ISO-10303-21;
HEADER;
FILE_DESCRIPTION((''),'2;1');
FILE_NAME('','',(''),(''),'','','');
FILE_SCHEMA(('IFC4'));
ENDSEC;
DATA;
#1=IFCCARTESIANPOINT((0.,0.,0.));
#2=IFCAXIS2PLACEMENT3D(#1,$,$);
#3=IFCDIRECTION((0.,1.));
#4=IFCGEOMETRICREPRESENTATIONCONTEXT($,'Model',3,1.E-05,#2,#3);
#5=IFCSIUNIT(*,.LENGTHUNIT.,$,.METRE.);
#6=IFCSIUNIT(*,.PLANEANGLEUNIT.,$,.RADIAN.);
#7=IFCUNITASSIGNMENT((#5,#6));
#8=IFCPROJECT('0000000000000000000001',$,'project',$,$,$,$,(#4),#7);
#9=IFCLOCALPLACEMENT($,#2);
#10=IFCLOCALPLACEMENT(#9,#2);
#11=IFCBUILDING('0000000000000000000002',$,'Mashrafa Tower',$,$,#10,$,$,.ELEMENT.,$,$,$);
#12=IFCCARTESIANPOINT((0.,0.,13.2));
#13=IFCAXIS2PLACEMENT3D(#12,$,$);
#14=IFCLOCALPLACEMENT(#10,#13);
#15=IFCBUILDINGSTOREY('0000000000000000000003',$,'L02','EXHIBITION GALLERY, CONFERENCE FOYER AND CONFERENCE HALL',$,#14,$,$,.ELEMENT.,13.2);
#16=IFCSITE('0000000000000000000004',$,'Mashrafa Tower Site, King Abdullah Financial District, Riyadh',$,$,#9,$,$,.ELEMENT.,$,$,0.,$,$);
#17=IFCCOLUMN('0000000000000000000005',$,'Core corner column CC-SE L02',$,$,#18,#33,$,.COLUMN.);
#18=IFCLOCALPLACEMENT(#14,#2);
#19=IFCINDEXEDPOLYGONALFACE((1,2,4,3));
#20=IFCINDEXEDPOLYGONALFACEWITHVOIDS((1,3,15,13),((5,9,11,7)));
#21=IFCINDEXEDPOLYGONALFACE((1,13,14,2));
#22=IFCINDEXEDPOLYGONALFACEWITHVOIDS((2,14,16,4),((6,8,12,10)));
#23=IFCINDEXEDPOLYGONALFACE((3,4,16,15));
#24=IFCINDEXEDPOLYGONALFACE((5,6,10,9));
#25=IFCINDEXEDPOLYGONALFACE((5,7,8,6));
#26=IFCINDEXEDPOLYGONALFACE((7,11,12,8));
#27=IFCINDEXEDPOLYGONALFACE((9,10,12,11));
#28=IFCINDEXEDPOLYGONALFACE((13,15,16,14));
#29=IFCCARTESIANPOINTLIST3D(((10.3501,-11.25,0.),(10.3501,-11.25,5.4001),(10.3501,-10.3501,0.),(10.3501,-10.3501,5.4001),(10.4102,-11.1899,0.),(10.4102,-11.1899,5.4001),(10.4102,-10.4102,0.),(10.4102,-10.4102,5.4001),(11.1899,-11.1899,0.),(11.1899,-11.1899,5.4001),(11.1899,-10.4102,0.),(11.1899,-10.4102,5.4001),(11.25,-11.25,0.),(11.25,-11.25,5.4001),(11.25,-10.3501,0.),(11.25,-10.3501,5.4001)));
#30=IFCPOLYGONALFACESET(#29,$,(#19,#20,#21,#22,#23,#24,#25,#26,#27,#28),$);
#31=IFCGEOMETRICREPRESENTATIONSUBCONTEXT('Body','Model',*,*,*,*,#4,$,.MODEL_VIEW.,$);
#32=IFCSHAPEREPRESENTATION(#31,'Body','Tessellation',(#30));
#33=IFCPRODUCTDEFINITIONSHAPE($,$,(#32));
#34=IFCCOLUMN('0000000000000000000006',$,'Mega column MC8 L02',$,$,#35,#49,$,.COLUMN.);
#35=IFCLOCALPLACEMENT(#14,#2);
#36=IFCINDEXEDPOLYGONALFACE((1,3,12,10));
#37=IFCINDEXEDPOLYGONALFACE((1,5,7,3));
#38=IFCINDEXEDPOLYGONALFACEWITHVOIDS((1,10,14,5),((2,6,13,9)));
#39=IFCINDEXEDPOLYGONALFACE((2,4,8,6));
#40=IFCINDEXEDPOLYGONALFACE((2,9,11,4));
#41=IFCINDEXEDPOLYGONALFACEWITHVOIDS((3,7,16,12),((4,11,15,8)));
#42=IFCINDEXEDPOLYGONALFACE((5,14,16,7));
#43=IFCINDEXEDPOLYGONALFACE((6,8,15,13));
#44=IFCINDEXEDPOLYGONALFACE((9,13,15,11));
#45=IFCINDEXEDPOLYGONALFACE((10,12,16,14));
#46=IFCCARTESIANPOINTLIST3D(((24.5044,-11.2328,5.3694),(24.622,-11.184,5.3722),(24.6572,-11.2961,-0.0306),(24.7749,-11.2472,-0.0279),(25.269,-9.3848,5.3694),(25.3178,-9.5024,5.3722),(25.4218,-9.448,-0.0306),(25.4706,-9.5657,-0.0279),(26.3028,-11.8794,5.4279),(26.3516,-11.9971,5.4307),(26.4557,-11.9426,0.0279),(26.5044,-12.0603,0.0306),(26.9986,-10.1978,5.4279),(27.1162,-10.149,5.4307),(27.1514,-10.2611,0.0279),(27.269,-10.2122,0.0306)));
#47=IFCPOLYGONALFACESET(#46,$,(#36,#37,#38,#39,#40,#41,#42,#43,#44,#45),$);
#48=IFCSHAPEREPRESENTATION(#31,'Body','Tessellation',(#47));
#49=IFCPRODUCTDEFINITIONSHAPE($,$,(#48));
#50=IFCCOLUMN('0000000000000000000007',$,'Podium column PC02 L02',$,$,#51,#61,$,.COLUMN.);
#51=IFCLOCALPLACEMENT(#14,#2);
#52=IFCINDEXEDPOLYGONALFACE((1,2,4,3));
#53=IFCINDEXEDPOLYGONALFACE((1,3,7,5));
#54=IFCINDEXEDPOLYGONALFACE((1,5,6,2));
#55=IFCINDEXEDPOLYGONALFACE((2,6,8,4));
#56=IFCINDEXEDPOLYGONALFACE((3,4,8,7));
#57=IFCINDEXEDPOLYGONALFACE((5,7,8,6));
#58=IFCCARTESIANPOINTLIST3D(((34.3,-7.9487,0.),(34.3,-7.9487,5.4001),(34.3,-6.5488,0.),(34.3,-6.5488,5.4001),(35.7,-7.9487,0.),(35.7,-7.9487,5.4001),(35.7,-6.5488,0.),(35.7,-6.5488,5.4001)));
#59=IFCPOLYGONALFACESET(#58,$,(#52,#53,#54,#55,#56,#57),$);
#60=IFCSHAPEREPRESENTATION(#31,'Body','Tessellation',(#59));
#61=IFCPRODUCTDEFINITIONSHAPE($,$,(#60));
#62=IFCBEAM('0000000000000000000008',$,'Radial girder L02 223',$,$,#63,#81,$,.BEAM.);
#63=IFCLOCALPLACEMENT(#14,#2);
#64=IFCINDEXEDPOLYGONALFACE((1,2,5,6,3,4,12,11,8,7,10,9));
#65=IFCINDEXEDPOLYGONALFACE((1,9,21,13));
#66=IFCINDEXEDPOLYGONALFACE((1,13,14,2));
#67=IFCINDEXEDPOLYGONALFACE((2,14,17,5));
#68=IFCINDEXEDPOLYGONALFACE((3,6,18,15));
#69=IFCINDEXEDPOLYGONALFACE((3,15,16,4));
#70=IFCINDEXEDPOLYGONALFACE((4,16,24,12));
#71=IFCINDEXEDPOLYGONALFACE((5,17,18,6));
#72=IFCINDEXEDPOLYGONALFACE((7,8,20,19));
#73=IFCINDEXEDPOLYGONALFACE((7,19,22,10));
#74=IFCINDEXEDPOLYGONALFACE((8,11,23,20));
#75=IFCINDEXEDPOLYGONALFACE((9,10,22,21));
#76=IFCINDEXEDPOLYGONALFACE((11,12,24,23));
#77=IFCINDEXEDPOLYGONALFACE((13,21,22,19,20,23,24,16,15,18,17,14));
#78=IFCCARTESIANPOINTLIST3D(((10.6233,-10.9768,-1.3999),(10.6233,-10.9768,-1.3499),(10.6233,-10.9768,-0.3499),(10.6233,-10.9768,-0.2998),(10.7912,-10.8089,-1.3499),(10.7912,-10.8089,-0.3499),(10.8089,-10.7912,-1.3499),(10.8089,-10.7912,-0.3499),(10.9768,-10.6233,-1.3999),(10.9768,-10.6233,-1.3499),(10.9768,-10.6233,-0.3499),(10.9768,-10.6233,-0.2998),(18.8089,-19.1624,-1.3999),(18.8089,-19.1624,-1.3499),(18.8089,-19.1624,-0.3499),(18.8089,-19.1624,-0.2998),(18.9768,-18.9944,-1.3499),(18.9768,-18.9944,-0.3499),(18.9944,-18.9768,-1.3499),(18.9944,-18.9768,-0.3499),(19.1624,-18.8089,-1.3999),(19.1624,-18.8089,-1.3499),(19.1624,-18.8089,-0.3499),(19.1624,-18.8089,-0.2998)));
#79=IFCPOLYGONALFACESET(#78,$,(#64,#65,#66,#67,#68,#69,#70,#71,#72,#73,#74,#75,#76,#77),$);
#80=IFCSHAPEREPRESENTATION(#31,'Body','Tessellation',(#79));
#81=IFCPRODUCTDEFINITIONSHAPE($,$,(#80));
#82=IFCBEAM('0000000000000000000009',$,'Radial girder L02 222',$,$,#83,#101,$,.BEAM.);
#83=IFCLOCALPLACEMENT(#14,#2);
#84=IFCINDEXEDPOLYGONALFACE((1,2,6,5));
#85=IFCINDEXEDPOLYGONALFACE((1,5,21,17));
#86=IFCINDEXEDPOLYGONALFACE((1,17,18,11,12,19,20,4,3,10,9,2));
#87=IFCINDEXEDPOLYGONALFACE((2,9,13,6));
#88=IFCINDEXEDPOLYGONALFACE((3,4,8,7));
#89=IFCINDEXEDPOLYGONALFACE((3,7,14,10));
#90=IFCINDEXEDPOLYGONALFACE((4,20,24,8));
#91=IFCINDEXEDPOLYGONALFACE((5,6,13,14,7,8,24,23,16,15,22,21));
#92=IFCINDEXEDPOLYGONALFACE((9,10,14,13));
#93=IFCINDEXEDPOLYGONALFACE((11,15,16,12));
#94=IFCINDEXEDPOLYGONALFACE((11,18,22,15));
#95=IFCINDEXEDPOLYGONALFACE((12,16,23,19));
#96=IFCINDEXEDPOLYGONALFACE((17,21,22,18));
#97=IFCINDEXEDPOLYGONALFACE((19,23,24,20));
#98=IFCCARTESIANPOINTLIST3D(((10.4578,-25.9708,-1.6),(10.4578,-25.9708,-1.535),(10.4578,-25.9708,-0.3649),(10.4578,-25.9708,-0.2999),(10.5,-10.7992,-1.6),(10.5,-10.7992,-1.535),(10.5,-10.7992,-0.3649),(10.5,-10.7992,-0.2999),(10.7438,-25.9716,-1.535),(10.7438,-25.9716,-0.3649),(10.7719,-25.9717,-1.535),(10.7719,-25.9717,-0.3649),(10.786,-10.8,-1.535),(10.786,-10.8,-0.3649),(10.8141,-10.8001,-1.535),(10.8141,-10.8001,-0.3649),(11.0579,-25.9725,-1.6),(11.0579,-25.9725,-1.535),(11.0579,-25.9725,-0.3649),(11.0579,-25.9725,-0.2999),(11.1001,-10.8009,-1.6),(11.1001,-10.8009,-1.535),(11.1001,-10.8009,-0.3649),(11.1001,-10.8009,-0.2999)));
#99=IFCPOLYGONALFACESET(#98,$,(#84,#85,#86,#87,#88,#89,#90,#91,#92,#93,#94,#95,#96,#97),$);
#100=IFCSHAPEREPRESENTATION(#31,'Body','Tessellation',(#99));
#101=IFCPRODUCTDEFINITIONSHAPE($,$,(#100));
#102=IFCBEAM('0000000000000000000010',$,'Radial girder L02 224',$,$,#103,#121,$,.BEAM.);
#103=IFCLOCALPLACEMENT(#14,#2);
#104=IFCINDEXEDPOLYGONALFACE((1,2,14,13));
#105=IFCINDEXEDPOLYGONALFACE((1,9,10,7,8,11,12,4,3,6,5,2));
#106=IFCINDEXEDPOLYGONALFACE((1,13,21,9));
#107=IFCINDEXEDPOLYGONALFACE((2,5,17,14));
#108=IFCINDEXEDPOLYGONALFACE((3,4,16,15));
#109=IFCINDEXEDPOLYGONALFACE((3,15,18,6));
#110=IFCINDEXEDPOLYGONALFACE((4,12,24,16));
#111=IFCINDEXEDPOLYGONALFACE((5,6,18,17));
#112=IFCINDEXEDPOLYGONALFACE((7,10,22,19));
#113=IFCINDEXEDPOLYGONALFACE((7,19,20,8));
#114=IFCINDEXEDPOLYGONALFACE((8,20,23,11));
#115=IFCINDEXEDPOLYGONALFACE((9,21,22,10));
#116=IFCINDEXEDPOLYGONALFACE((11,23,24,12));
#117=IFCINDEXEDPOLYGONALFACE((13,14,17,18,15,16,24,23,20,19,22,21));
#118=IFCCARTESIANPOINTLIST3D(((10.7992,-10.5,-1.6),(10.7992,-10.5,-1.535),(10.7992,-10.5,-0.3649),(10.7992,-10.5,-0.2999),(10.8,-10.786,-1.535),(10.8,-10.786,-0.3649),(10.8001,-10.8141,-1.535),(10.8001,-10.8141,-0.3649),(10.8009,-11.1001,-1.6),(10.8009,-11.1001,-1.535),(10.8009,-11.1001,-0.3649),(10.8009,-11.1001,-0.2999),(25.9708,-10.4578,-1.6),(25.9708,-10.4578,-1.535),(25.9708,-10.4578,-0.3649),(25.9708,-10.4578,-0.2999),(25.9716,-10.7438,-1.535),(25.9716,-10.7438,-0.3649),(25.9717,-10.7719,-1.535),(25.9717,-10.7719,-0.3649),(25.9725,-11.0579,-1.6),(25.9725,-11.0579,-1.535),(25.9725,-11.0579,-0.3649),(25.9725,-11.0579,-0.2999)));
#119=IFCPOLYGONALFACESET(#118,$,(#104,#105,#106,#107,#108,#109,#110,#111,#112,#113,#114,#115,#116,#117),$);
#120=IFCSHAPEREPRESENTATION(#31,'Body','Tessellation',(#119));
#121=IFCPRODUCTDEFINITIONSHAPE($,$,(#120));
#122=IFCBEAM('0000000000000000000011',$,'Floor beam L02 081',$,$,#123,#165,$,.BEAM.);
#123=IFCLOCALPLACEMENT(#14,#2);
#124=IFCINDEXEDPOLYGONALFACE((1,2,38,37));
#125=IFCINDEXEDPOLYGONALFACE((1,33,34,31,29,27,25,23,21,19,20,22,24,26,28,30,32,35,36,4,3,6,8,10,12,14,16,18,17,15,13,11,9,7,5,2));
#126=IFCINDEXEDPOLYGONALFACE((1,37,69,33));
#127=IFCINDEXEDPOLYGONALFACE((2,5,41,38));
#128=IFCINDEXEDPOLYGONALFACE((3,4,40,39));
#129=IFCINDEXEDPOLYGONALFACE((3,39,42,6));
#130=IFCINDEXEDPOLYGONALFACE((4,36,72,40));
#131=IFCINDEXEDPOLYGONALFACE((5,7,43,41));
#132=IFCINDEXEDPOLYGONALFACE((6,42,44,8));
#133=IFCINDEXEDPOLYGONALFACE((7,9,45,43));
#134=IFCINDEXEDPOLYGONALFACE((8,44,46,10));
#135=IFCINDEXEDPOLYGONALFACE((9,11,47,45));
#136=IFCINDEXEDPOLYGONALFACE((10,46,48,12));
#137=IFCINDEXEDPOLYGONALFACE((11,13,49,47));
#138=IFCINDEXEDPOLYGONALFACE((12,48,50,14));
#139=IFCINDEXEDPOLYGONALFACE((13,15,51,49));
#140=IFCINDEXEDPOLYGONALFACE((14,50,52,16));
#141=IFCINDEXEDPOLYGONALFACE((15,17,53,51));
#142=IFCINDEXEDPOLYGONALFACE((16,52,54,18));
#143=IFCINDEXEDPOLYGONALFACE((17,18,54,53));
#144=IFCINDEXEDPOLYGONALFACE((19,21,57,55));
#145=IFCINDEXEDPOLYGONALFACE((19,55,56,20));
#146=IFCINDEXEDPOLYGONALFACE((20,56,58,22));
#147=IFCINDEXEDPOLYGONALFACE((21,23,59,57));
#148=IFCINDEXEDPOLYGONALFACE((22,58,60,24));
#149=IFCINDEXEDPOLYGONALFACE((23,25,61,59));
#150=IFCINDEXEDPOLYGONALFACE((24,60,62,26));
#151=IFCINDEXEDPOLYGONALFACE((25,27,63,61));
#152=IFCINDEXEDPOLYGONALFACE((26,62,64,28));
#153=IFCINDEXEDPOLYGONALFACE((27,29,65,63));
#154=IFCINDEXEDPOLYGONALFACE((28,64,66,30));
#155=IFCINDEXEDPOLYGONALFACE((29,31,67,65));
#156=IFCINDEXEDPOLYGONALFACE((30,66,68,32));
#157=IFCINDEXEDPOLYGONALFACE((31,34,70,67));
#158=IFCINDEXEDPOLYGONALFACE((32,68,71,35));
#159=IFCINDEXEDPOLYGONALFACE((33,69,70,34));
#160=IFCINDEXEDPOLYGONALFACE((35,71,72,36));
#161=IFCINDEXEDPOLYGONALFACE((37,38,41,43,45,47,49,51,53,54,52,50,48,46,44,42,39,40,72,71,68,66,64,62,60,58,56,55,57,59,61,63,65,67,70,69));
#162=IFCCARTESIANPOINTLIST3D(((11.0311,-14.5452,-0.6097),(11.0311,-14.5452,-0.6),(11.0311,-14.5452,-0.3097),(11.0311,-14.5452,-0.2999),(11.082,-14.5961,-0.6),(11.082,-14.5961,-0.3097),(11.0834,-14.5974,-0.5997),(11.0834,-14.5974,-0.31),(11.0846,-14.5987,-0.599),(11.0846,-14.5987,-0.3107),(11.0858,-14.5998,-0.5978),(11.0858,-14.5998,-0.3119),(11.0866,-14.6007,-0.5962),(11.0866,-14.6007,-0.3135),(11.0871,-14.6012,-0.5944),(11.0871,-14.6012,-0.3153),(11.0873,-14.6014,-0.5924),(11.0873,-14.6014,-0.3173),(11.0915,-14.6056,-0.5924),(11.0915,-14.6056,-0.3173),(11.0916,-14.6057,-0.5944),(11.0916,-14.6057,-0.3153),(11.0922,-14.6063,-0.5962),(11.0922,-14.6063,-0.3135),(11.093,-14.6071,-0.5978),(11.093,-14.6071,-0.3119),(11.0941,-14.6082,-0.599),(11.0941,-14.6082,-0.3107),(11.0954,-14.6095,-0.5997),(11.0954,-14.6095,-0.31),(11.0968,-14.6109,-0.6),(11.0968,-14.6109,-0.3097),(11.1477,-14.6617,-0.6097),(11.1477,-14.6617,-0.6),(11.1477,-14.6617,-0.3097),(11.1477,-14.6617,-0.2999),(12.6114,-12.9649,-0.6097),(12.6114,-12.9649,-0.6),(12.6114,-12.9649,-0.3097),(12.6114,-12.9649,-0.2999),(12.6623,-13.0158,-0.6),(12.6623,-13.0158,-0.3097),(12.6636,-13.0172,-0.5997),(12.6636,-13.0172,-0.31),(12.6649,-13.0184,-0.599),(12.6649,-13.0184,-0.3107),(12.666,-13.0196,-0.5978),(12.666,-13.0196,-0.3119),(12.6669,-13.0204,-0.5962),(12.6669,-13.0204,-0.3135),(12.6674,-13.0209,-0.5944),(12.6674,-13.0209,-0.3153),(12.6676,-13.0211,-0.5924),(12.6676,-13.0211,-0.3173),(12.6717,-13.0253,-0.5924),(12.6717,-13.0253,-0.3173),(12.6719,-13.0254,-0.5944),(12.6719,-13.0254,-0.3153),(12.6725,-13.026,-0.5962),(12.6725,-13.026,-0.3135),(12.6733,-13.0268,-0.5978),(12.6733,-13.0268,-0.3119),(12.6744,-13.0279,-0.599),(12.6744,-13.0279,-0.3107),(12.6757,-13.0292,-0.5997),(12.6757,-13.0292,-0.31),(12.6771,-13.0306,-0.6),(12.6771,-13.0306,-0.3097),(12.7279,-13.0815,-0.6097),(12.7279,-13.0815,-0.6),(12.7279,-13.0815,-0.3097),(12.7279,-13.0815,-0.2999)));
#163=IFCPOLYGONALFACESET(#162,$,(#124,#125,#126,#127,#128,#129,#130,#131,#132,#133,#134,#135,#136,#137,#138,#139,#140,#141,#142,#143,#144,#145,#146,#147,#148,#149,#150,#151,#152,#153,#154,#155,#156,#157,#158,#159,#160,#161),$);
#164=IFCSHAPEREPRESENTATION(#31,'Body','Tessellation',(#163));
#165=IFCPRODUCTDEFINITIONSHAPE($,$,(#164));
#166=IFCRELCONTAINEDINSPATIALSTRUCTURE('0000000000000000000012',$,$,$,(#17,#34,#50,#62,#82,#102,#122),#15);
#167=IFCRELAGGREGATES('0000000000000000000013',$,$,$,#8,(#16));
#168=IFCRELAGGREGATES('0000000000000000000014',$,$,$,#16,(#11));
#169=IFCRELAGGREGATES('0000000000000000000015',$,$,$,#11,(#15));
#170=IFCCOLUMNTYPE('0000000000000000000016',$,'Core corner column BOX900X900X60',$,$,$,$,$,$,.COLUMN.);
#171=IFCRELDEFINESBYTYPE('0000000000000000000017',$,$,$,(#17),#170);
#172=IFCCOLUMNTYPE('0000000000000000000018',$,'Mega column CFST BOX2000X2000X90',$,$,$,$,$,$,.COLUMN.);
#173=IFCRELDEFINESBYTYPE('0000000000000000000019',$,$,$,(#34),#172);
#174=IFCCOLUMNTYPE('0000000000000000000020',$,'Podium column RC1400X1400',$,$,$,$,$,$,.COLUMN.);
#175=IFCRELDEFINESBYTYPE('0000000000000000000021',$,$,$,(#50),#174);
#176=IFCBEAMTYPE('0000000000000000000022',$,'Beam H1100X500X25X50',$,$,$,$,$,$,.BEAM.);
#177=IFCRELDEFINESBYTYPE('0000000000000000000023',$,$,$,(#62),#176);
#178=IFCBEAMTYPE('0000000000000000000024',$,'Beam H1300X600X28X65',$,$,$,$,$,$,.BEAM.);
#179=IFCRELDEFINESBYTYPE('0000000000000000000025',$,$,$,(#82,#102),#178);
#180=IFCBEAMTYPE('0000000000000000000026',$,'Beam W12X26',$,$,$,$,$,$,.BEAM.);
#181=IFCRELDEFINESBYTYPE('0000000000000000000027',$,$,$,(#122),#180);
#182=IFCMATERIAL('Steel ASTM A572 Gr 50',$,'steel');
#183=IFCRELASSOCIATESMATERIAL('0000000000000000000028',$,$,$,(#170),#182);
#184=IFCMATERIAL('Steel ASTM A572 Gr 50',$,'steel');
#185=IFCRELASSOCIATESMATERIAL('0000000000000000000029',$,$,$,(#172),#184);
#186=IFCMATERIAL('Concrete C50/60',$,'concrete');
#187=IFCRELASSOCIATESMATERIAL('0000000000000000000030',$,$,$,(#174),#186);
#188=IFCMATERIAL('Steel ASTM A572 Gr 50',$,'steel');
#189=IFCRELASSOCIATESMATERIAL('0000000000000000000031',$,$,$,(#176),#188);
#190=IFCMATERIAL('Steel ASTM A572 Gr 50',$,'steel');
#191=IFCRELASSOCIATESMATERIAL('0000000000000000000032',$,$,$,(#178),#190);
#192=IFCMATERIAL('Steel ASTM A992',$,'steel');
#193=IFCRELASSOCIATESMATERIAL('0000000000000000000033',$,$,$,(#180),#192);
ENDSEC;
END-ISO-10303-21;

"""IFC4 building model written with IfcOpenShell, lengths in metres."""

from ifc_helpers import new_model, si_unit, direction, frame, origin, origin_2d, place, context, subcontext, project, spatial, rectangle, hollow_rectangle, i_section, extrude, material, material_profile, profile_set, type_object, element, save


model = new_model("IFC4")

# Units and contexts
model_context = context("Model", 3, precision=1e-05, world=origin(), true_north=direction((0.0, 1.0)))
body_context = subcontext(model_context, "Body", "Model", "MODEL_VIEW")
ifc_project = project(units=[si_unit("LENGTHUNIT", "METRE"), si_unit("PLANEANGLEUNIT", "RADIAN")], contexts=[model_context])

# Site, building, storey
site_placement = place(None, origin())
site = spatial("IfcSite", under=ifc_project, at=site_placement, Name="Mashrafa Tower Site, King Abdullah Financial District, Riyadh", CompositionType="ELEMENT", RefElevation=0.0)
building_placement = place(site_placement, origin())
building = spatial("IfcBuilding", under=site, at=building_placement, Name="Mashrafa Tower", CompositionType="ELEMENT")
storey_placement = place(building_placement, frame((0.0, 0.0, 13.2)))
storey = spatial("IfcBuildingStorey", under=building, at=storey_placement, Name="L02", Description="EXHIBITION GALLERY, CONFERENCE FOYER AND CONFERENCE HALL", CompositionType="ELEMENT", Elevation=13.2)

# Columns
ifc_material_1 = material(Name="Steel ASTM A572 Gr 50", Category="steel")
ifc_material_profile_1 = material_profile(ifc_material_1, hollow_rectangle(XDim=0.8999, YDim=0.8999, WallThickness=0.0601, at=origin_2d()), Name="BOX900X900X60")
ifc_profile_set_1 = profile_set([ifc_material_profile_1], Name="Steel ASTM A572 Gr 50")
column_type_1 = type_object("IfcColumnType", Name="Core corner column BOX900X900X60", PredefinedType="COLUMN", material=ifc_profile_set_1)
column_1_placement = place(storey_placement, frame((10.8, -10.8, 0.0), z_axis=(0.0, 0.0, 1.0), x_axis=(1.0, 0.0, 0.0)))
element("IfcColumn", 1, at=column_1_placement, inside=storey, type_object=column_type_1, Name="Core corner column CC-SE L02", PredefinedType="COLUMN", context=body_context, shape_type="SweptSolid", body=[
    extrude(hollow_rectangle(XDim=0.8999, YDim=0.8999, WallThickness=0.0601, at=origin_2d()), origin(), (0.0, 0.0, 1.0), 5.4001),
])
ifc_material_2 = material(Name="Steel ASTM A572 Gr 50", Category="steel")
ifc_material_profile_2 = material_profile(ifc_material_2, hollow_rectangle(XDim=2.0, YDim=2.0, WallThickness=0.0901, at=origin_2d()), Name="BOX2000X2000X90")
ifc_profile_set_2 = profile_set([ifc_material_profile_2], Name="Steel ASTM A572 Gr 50")
column_type_2 = type_object("IfcColumnType", Name="Mega column CFST BOX2000X2000X90", PredefinedType="COLUMN", material=ifc_profile_set_2)
column_2_placement = place(storey_placement, frame((25.9631, -10.7542, 0.0), z_axis=(-0.028288, 0.011704, 0.999531), x_axis=(-0.382308, -0.924035, 0.0)))
element("IfcColumn", 2, at=column_2_placement, inside=storey, type_object=column_type_2, Name="Mega column MC8 L02", PredefinedType="COLUMN", context=body_context, shape_type="SweptSolid", body=[
    extrude(hollow_rectangle(XDim=2.0, YDim=2.0, WallThickness=0.0901, at=origin_2d()), origin(), (0.0, 0.0, 1.0), 5.4026),
])
ifc_material_3 = material(Name="Concrete C50/60", Category="concrete")
ifc_material_profile_3 = material_profile(ifc_material_3, rectangle(XDim=1.3999, YDim=1.3999, at=origin_2d()), Name="RC1400X1400")
ifc_profile_set_3 = profile_set([ifc_material_profile_3], Name="Concrete C50/60")
column_type_3 = type_object("IfcColumnType", Name="Podium column RC1400X1400", PredefinedType="COLUMN", material=ifc_profile_set_3)
column_3_placement = place(storey_placement, frame((35.0, -7.2488, 0.0), z_axis=(0.0, 0.0, 1.0), x_axis=(1.0, 0.0, 0.0)))
element("IfcColumn", 3, at=column_3_placement, inside=storey, type_object=column_type_3, Name="Podium column PC02 L02", PredefinedType="COLUMN", context=body_context, shape_type="SweptSolid", body=[
    extrude(rectangle(XDim=1.3999, YDim=1.3999, at=origin_2d()), origin(), (0.0, 0.0, 1.0), 5.4001),
])

# Beams
ifc_material_4 = material(Name="Steel ASTM A572 Gr 50", Category="steel")
ifc_material_profile_4 = material_profile(ifc_material_4, i_section(OverallWidth=0.5, OverallDepth=1.1001, WebThickness=0.0249, FlangeThickness=0.05, at=origin_2d()), Name="H1100X500X25X50")
ifc_profile_set_4 = profile_set([ifc_material_profile_4], Name="Steel ASTM A572 Gr 50")
beam_type_1 = type_object("IfcBeamType", Name="Beam H1100X500X25X50", PredefinedType="BEAM", material=ifc_profile_set_4)
beam_1_placement = place(storey_placement, frame((10.8, -10.8, -0.8499), z_axis=(0.707107, -0.707107, 0.0), x_axis=(0.707107, 0.707107, 0.0)))
element("IfcBeam", 4, at=beam_1_placement, inside=storey, type_object=beam_type_1, Name="Radial girder L02 223", PredefinedType="BEAM", context=body_context, shape_type="SweptSolid", body=[
    extrude(i_section(OverallWidth=0.5, OverallDepth=1.1001, WebThickness=0.0249, FlangeThickness=0.05, at=origin_2d()), origin(), (0.0, 0.0, 1.0), 11.5762),
])
ifc_material_5 = material(Name="Steel ASTM A572 Gr 50", Category="steel")
ifc_material_profile_5 = material_profile(ifc_material_5, i_section(OverallWidth=0.6001, OverallDepth=1.3, WebThickness=0.0281, FlangeThickness=0.0649, at=origin_2d()), Name="H1300X600X28X65")
ifc_profile_set_5 = profile_set([ifc_material_profile_5], Name="Steel ASTM A572 Gr 50")
beam_type_2 = type_object("IfcBeamType", Name="Beam H1300X600X28X65", PredefinedType="BEAM", material=ifc_profile_set_5)
for number, where, z_axis, x_axis, name in (
    (5, (10.8, -10.8, -0.95), (-0.002784, -0.999996, 0.0), (0.999996, -0.002784, 0.0), "Radial girder L02 222"),
    (6, (10.8, -10.8, -0.95), (0.999996, 0.002784, 0.0), (-0.002784, 0.999996, 0.0), "Radial girder L02 224"),
):
    element("IfcBeam", number, at=place(storey_placement, frame(where, z_axis=z_axis, x_axis=x_axis)), inside=storey, type_object=beam_type_2, Name=name, PredefinedType="BEAM", context=body_context, shape_type="SweptSolid", body=[
        extrude(i_section(OverallWidth=0.6001, OverallDepth=1.3, WebThickness=0.0281, FlangeThickness=0.0649, at=origin_2d()), origin(), (0.0, 0.0, 1.0), 15.1716),
    ])
ifc_material_6 = material(Name="Steel ASTM A992", Category="steel")
ifc_material_profile_6 = material_profile(ifc_material_6, i_section(OverallWidth=0.1648, OverallDepth=0.3098, WebThickness=0.0059, FlangeThickness=0.0098, FilletRadius=0.0076, at=origin_2d()), Name="W12X26")
ifc_profile_set_6 = profile_set([ifc_material_profile_6], Name="Steel ASTM A992")
beam_type_3 = type_object("IfcBeamType", Name="Beam W12X26", PredefinedType="BEAM", material=ifc_profile_set_6)
for number, where, z_axis, x_axis, name in (
    (7, (12.6697, -13.0232, -0.4548), (-0.707107, -0.707107, 0.0), (0.707107, -0.707107, 0.0), "Floor beam L02 081"),
):
    element("IfcBeam", number, at=place(storey_placement, frame(where, z_axis=z_axis, x_axis=x_axis)), inside=storey, type_object=beam_type_3, Name=name, PredefinedType="BEAM", context=body_context, shape_type="SweptSolid", body=[
        extrude(i_section(OverallWidth=0.1648, OverallDepth=0.3098, WebThickness=0.0059, FlangeThickness=0.0098, FilletRadius=0.0076, at=origin_2d()), origin(), (0.0, 0.0, 1.0), 2.2349),
    ])

save(model, "model.ifc")
